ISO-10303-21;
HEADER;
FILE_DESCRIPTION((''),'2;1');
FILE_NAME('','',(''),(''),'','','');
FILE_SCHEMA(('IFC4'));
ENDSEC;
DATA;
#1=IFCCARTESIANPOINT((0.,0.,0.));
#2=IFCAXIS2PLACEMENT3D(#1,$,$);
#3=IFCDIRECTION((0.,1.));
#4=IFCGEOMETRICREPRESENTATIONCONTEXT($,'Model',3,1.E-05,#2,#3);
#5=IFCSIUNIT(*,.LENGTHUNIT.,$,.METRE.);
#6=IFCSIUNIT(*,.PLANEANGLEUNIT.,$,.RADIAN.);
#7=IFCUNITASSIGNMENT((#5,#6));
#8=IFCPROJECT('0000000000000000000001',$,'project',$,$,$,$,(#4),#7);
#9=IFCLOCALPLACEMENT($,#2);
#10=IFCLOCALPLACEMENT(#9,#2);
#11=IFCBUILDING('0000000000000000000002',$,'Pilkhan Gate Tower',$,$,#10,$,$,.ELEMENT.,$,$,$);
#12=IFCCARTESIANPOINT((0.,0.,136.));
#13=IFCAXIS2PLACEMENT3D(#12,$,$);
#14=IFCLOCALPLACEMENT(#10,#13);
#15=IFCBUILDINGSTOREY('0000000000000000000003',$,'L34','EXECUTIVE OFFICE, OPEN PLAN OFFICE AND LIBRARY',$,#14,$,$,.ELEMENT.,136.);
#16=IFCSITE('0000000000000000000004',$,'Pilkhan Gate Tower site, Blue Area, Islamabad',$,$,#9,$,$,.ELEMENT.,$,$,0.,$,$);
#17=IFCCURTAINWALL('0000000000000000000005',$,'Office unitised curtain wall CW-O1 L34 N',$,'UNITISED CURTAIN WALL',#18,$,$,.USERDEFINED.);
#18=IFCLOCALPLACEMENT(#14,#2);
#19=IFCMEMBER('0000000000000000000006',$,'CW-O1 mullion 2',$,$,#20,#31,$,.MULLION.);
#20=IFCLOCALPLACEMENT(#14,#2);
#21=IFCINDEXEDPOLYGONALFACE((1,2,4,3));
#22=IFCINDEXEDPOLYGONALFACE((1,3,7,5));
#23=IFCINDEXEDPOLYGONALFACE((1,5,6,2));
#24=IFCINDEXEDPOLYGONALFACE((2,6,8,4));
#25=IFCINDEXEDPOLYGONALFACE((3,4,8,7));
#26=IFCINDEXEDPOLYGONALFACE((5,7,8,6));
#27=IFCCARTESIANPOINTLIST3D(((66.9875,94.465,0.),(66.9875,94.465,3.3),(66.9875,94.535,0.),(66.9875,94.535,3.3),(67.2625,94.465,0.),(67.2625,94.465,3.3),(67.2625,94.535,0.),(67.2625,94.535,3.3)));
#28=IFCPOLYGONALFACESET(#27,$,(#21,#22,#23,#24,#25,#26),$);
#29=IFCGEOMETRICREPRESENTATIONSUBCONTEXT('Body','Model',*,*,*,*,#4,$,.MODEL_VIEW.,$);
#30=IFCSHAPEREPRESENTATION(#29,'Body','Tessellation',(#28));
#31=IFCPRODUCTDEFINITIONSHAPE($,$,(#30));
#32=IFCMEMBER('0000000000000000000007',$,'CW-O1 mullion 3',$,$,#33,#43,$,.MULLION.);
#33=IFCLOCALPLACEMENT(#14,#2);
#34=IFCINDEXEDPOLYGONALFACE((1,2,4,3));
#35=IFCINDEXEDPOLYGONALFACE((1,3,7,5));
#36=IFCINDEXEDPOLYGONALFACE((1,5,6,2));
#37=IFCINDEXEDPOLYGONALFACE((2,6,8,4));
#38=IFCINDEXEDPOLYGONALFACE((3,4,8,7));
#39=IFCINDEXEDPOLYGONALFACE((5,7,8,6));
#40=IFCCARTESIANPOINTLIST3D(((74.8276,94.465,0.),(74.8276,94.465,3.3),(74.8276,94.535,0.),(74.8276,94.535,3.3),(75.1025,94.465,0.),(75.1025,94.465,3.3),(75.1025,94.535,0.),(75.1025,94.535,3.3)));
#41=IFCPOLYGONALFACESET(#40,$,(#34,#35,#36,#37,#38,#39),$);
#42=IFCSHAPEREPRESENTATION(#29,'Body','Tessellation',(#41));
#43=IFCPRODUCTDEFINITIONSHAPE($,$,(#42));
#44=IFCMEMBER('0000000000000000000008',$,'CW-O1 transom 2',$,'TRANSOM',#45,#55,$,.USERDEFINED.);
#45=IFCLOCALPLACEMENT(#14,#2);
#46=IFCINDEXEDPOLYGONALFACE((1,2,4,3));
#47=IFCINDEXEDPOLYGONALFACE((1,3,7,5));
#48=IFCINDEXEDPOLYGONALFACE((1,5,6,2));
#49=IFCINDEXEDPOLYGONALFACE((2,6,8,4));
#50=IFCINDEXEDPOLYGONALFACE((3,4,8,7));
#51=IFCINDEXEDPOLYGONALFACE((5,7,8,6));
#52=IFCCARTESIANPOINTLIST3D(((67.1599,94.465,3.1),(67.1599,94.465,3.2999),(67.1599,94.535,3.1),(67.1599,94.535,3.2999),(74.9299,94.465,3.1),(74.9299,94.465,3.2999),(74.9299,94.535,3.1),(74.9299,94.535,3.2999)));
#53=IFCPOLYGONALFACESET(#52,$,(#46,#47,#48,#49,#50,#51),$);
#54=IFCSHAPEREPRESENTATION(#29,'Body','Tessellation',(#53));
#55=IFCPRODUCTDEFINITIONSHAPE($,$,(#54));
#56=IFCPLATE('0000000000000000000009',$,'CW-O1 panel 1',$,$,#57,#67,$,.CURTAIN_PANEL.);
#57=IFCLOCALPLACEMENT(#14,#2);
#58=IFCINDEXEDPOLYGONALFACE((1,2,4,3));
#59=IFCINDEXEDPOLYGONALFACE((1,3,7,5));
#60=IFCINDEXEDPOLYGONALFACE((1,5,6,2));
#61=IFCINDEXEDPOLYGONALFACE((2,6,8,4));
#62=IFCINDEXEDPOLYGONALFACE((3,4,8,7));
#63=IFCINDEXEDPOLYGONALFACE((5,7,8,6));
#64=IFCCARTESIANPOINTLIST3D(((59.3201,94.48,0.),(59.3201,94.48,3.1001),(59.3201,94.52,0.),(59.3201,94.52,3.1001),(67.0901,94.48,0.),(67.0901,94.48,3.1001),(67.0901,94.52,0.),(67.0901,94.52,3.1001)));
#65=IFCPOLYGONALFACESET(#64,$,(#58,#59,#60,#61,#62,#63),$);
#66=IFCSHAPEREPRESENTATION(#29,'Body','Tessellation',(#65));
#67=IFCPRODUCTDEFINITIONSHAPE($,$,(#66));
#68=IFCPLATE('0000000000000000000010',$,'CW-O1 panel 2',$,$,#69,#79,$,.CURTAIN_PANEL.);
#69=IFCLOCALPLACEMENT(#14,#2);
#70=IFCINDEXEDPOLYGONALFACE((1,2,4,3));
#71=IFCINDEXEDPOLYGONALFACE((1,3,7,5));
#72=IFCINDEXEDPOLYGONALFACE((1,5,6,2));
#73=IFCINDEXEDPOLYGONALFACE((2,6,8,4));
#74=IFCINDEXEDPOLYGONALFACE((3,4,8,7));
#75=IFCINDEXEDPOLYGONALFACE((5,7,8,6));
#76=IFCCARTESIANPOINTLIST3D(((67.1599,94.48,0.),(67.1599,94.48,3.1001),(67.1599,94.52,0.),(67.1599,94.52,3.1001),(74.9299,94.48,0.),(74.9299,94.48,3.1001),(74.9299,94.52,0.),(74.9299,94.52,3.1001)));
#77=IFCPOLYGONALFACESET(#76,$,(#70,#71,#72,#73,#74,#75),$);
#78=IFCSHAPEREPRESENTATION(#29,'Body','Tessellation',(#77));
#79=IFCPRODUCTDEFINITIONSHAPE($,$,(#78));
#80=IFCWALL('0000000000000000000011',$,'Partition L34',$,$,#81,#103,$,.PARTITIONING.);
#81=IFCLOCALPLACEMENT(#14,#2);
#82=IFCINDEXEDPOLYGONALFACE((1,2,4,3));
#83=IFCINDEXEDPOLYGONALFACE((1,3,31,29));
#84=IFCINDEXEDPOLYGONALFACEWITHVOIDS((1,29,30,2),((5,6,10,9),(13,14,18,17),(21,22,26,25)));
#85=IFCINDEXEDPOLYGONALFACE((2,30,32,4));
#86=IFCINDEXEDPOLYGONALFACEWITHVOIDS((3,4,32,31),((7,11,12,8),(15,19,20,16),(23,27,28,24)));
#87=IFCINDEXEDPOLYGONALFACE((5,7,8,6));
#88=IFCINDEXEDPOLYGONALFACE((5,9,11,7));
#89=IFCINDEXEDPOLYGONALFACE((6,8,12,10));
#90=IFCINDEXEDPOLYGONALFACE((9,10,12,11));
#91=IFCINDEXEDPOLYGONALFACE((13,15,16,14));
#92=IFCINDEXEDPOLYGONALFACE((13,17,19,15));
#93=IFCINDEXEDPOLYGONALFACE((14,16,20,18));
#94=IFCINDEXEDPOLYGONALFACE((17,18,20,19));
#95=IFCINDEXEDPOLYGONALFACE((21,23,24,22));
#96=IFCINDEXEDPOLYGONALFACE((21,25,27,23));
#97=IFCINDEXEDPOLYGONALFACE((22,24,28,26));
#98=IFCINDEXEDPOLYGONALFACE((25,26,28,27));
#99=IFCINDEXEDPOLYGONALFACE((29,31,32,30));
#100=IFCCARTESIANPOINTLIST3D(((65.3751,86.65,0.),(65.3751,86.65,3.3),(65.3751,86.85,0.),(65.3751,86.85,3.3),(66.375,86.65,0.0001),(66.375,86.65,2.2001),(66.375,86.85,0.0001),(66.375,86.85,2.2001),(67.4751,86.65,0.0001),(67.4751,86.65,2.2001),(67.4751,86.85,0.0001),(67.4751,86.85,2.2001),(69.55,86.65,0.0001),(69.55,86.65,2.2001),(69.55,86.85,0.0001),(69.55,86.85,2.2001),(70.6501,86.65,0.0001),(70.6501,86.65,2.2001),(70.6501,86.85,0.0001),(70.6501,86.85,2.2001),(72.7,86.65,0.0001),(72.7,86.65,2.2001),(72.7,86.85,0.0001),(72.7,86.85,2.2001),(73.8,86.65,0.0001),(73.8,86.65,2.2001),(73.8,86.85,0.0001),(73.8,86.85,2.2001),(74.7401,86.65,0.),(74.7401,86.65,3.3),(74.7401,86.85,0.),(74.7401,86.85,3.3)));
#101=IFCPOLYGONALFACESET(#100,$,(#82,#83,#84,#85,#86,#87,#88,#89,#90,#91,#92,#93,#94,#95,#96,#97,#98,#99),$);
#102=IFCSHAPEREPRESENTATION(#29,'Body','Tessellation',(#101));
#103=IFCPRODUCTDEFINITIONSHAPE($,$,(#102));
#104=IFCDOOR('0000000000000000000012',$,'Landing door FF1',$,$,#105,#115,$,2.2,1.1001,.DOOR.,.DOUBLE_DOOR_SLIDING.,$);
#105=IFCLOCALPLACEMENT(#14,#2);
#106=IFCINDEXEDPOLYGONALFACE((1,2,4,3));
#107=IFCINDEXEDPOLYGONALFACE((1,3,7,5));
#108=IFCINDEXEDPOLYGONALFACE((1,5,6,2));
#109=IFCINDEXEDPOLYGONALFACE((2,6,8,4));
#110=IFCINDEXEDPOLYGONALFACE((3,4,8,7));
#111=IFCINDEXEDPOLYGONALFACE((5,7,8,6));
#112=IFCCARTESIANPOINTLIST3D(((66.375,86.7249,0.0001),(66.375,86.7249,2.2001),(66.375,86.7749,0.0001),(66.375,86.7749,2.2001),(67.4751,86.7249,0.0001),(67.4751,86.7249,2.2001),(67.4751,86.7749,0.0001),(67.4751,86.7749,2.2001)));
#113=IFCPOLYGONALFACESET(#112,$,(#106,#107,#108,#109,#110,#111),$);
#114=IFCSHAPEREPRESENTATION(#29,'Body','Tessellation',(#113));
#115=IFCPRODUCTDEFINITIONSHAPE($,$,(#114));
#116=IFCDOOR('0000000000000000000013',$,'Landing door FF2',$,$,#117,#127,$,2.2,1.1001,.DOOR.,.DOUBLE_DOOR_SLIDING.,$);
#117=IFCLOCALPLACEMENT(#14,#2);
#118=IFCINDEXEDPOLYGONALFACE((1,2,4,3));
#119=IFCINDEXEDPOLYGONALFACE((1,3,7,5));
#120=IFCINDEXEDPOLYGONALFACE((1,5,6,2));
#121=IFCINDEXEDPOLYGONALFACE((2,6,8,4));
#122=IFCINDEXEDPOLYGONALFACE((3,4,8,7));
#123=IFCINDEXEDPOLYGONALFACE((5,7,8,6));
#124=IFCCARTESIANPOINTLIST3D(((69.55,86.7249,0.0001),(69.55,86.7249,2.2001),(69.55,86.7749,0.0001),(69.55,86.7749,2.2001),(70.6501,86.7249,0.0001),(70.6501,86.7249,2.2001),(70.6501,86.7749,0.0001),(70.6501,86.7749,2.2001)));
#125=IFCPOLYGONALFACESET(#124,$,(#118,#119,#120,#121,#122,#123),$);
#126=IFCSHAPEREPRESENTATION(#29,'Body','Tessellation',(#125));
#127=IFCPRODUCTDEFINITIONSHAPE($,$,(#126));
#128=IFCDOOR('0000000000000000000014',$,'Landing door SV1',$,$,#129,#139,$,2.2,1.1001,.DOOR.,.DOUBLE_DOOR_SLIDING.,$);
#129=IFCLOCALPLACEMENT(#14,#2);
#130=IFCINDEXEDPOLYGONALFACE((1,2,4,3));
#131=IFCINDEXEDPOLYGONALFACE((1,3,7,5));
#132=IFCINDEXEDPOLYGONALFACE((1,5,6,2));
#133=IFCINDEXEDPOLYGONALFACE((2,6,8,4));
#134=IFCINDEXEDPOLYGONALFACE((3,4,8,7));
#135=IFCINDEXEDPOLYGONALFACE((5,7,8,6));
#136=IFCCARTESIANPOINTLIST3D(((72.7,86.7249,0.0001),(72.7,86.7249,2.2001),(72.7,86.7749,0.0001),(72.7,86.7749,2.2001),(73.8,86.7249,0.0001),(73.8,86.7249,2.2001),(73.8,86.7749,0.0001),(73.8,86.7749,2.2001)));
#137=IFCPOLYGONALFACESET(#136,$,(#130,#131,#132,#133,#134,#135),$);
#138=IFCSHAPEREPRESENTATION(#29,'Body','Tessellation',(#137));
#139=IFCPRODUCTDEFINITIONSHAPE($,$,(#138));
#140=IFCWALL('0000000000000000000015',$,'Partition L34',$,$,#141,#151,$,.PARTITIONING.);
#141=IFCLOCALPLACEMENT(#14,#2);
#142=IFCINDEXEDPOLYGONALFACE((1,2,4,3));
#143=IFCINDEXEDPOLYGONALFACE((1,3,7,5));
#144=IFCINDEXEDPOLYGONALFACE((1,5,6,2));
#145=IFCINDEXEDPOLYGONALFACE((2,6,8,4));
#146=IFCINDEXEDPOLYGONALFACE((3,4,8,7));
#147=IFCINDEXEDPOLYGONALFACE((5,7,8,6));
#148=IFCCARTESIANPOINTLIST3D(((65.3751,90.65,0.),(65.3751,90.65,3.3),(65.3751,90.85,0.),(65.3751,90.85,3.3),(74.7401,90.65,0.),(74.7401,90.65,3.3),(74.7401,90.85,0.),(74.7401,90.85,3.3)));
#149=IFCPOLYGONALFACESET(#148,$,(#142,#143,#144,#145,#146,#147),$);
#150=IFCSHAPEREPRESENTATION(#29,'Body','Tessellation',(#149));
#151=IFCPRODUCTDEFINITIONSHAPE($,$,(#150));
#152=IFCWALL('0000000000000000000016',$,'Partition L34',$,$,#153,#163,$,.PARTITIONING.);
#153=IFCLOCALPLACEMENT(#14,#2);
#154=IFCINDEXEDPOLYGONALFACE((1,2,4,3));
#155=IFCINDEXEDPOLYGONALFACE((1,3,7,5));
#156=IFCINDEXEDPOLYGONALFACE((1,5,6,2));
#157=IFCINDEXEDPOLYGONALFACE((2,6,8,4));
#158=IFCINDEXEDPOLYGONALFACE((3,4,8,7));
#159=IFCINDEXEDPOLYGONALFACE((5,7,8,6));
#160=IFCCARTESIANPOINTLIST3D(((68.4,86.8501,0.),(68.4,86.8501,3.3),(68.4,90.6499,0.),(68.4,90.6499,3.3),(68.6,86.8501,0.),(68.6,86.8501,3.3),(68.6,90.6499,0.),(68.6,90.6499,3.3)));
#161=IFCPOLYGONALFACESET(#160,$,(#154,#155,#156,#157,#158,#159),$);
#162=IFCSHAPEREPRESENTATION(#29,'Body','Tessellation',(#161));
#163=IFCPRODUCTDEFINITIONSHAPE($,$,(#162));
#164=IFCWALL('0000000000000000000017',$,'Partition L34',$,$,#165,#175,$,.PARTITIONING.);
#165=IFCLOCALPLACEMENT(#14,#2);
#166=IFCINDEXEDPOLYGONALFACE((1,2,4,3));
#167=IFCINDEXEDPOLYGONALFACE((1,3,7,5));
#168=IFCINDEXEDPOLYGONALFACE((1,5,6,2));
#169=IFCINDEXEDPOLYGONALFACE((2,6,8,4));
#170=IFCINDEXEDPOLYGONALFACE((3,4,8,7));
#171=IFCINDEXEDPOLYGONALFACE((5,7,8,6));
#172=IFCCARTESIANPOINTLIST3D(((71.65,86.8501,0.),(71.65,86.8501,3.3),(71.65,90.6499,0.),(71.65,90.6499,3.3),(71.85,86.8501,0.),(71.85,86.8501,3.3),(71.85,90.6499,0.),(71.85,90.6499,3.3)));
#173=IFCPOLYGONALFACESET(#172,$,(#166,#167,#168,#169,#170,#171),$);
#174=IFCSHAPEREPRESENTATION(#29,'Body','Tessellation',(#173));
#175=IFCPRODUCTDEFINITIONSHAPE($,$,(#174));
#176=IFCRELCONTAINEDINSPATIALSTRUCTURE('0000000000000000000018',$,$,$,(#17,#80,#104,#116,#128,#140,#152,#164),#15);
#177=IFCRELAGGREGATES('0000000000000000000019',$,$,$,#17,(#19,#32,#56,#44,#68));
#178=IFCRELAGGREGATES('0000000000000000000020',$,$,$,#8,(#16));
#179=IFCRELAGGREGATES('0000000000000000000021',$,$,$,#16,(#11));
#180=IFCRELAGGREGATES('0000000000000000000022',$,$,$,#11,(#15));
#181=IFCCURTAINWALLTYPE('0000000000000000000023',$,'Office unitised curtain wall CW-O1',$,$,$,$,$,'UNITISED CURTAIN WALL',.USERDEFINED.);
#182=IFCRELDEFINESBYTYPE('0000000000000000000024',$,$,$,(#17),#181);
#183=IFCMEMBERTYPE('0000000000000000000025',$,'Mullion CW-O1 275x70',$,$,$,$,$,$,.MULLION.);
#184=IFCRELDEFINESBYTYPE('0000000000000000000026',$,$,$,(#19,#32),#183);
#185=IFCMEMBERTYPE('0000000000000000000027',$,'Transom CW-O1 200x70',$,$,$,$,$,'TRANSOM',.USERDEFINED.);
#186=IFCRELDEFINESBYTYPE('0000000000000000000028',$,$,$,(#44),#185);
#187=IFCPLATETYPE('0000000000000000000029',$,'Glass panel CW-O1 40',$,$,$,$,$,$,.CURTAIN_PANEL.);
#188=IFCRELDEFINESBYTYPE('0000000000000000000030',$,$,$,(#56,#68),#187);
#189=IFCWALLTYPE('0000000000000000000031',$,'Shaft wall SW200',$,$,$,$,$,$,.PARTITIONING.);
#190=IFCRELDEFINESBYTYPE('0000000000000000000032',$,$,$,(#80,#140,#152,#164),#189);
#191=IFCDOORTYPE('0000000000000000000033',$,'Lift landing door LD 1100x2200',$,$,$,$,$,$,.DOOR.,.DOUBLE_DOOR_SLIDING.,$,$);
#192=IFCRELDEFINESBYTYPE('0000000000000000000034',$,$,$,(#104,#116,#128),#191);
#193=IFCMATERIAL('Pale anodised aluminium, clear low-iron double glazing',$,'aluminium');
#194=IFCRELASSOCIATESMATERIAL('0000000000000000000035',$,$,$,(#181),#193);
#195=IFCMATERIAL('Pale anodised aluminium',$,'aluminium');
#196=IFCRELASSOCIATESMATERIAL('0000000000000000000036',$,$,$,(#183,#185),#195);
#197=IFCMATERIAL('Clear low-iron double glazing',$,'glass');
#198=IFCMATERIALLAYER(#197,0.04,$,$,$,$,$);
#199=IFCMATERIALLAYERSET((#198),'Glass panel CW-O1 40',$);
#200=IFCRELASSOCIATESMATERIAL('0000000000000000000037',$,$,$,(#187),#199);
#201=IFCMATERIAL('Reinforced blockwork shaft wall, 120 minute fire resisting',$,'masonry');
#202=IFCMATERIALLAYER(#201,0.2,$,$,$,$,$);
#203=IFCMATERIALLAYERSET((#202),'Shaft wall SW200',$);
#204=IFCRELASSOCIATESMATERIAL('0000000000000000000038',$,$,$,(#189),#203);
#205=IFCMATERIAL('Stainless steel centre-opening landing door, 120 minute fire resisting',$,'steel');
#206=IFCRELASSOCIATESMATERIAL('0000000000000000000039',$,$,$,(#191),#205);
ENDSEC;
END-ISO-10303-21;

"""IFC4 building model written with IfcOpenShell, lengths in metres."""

from ifc_helpers import new_model, si_unit, direction, frame, frame_2d, origin, origin_2d, place, context, subcontext, project, spatial, rectangle, extrude, material, layer, layer_set, material_profile, profile_set, type_object, element, fill, aggregate, save


model = new_model("IFC4")

# Units and contexts
model_context = context("Model", 3, precision=1e-05, world=origin(), true_north=direction((0.0, 1.0)))
body_context = subcontext(model_context, "Body", "Model", "MODEL_VIEW")
ifc_project = project(units=[si_unit("LENGTHUNIT", "METRE"), si_unit("PLANEANGLEUNIT", "RADIAN")], contexts=[model_context])

# Site, building, storey
site_placement = place(None, origin())
site = spatial("IfcSite", under=ifc_project, at=site_placement, Name="Pilkhan Gate Tower site, Blue Area, Islamabad", CompositionType="ELEMENT", RefElevation=0.0)
building_placement = place(site_placement, origin())
building = spatial("IfcBuilding", under=site, at=building_placement, Name="Pilkhan Gate Tower", CompositionType="ELEMENT")
storey_placement = place(building_placement, frame((0.0, 0.0, 136.0)))
storey = spatial("IfcBuildingStorey", under=building, at=storey_placement, Name="L34", Description="EXECUTIVE OFFICE, OPEN PLAN OFFICE AND LIBRARY", CompositionType="ELEMENT", Elevation=136.0)

# Curtain wall, members, plates
ifc_material_1 = material(Name="Pale anodised aluminium, clear low-iron double glazing", Category="aluminium")
curtain_wall_type = type_object("IfcCurtainWallType", Name="Office unitised curtain wall CW-O1", ElementType="UNITISED CURTAIN WALL", PredefinedType="USERDEFINED", material=ifc_material_1)
curtain_wall_placement = place(storey_placement, origin())
curtain_wall = element("IfcCurtainWall", 1, at=curtain_wall_placement, inside=storey, type_object=curtain_wall_type, Name="Office unitised curtain wall CW-O1 L34 N", ObjectType="UNITISED CURTAIN WALL", PredefinedType="USERDEFINED")
ifc_material_2 = material(Name="Pale anodised aluminium", Category="aluminium")
ifc_material_profile_1 = material_profile(ifc_material_2, rectangle(XDim=0.0701, YDim=0.2749, at=origin_2d()), Name="Mullion 275x70")
ifc_profile_set_1 = profile_set([ifc_material_profile_1], Name="Pale anodised aluminium")
member_type_1 = type_object("IfcMemberType", Name="Mullion CW-O1 275x70", PredefinedType="MULLION", material=ifc_profile_set_1)
member_1_placement = place(storey_placement, frame((67.125, 94.5, 0.0), z_axis=(0.0, 0.0, 1.0), x_axis=(0.0, 1.0, 0.0)))
member_1 = element("IfcMember", 2, at=member_1_placement, type_object=member_type_1, Name="CW-O1 mullion 2", PredefinedType="MULLION", context=body_context, shape_type="SweptSolid", body=[
    extrude(rectangle(XDim=0.0701, YDim=0.2749, at=origin_2d()), origin(), (0.0, 0.0, 1.0), 3.3),
])
member_2_placement = place(storey_placement, frame((74.9651, 94.5, 0.0), z_axis=(0.0, 0.0, 1.0), x_axis=(0.0, 1.0, 0.0)))
member_2 = element("IfcMember", 3, at=member_2_placement, type_object=member_type_1, Name="CW-O1 mullion 3", PredefinedType="MULLION", context=body_context, shape_type="SweptSolid", body=[
    extrude(rectangle(XDim=0.0701, YDim=0.2749, at=origin_2d()), origin(), (0.0, 0.0, 1.0), 3.3),
])
ifc_material_profile_2 = material_profile(ifc_material_2, rectangle(XDim=0.0701, YDim=0.2, at=origin_2d()), Name="Transom 200x70")
ifc_profile_set_2 = profile_set([ifc_material_profile_2], Name="Pale anodised aluminium")
member_type_2 = type_object("IfcMemberType", Name="Transom CW-O1 200x70", ElementType="TRANSOM", PredefinedType="USERDEFINED", material=ifc_profile_set_2)
member_3_placement = place(storey_placement, frame((67.1599, 94.5, 3.2), z_axis=(1.0, 0.0, 0.0), x_axis=(0.0, 1.0, 0.0)))
member_3 = element("IfcMember", 4, at=member_3_placement, type_object=member_type_2, Name="CW-O1 transom 2", ObjectType="TRANSOM", PredefinedType="USERDEFINED", context=body_context, shape_type="SweptSolid", body=[
    extrude(rectangle(XDim=0.0701, YDim=0.2, at=origin_2d()), origin(), (0.0, 0.0, 1.0), 7.77),
])
ifc_material_3 = material(Name="Clear low-iron double glazing", Category="glass")
ifc_layer_1 = layer(ifc_material_3, 0.04)
ifc_layer_set_1 = layer_set([ifc_layer_1], Name="Glass panel CW-O1 40")
plate_type = type_object("IfcPlateType", Name="Glass panel CW-O1 40", PredefinedType="CURTAIN_PANEL", material=ifc_layer_set_1)
plate_1_placement = place(storey_placement, frame((63.2051, 94.5, 0.0), z_axis=(0.0, 0.0, 1.0), x_axis=(1.0, 0.0, 0.0)))
plate_1 = element("IfcPlate", 5, at=plate_1_placement, type_object=plate_type, Name="CW-O1 panel 1", PredefinedType="CURTAIN_PANEL", context=body_context, shape_type="SweptSolid", body=[
    extrude(rectangle(XDim=7.77, YDim=0.04, at=origin_2d()), origin(), (0.0, 0.0, 1.0), 3.1001),
])
plate_2_placement = place(storey_placement, frame((71.0449, 94.5, 0.0), z_axis=(0.0, 0.0, 1.0), x_axis=(1.0, 0.0, 0.0)))
plate_2 = element("IfcPlate", 6, at=plate_2_placement, type_object=plate_type, Name="CW-O1 panel 2", PredefinedType="CURTAIN_PANEL", context=body_context, shape_type="SweptSolid", body=[
    extrude(rectangle(XDim=7.77, YDim=0.04, at=origin_2d()), origin(), (0.0, 0.0, 1.0), 3.1001),
])
aggregate(curtain_wall, [member_1, member_2, plate_1, member_3, plate_2])

# Wall, openings, doors
ifc_material_4 = material(Name="Reinforced blockwork shaft wall, 120 minute fire resisting", Category="masonry")
ifc_layer_2 = layer(ifc_material_4, 0.2)
ifc_layer_set_2 = layer_set([ifc_layer_2], Name="Shaft wall SW200")
wall_type_1 = type_object("IfcWallType", Name="Shaft wall SW200", PredefinedType="PARTITIONING", material=ifc_layer_set_2)
wall_1_placement = place(storey_placement, frame((65.375, 86.75, 0.0), z_axis=(0.0, 0.0, 1.0), x_axis=(1.0, 0.0, 0.0)))
wall_1 = element("IfcWall", 7, at=wall_1_placement, inside=storey, type_object=wall_type_1, Name="Partition L34", PredefinedType="PARTITIONING", context=body_context, shape_type="SweptSolid", body=[
    extrude(rectangle(XDim=9.365, YDim=0.2, at=frame_2d((4.6826, 0.0))), origin(), (0.0, 0.0, 1.0), 3.3),
])
opening_1_placement = place(wall_1_placement, frame((1.0, 0.0, 0.0)))
opening_1 = element("IfcOpeningElement", 8, at=opening_1_placement, cuts=wall_1, PredefinedType="OPENING", context=body_context, shape_type="SweptSolid", body=[
    extrude(rectangle(XDim=1.1001, YDim=2.2, at=frame_2d((0.55, 1.1001))), frame((0.0, 0.1099, 0.0), z_axis=(0.0, -1.0, 0.0), x_axis=(1.0, 0.0, 0.0)), (0.0, 0.0, 1.0), 0.22),
])
opening_2_placement = place(wall_1_placement, frame((4.175, 0.0, 0.0)))
opening_2 = element("IfcOpeningElement", 9, at=opening_2_placement, cuts=wall_1, PredefinedType="OPENING", context=body_context, shape_type="SweptSolid", body=[
    extrude(rectangle(XDim=1.1001, YDim=2.2, at=frame_2d((0.55, 1.1001))), frame((0.0, 0.1099, 0.0), z_axis=(0.0, -1.0, 0.0), x_axis=(1.0, 0.0, 0.0)), (0.0, 0.0, 1.0), 0.22),
])
opening_3_placement = place(wall_1_placement, frame((7.325, 0.0, 0.0)))
opening_3 = element("IfcOpeningElement", 10, at=opening_3_placement, cuts=wall_1, PredefinedType="OPENING", context=body_context, shape_type="SweptSolid", body=[
    extrude(rectangle(XDim=1.1001, YDim=2.2, at=frame_2d((0.55, 1.1001))), frame((0.0, 0.1099, 0.0), z_axis=(0.0, -1.0, 0.0), x_axis=(1.0, 0.0, 0.0)), (0.0, 0.0, 1.0), 0.22),
])
ifc_material_5 = material(Name="Stainless steel centre-opening landing door, 120 minute fire resisting", Category="steel")
door_type_1 = type_object("IfcDoorType", Name="Lift landing door LD 1100x2200", OperationType="DOUBLE_DOOR_SLIDING", PredefinedType="DOOR", material=ifc_material_5)
door_1_placement = place(opening_1_placement, origin())
door_1 = element("IfcDoor", 11, at=door_1_placement, inside=storey, type_object=door_type_1, Name="Landing door FF1", OperationType="DOUBLE_DOOR_SLIDING", OverallHeight=2.2, OverallWidth=1.1001, PredefinedType="DOOR", context=body_context, shape_type="SweptSolid", body=[
    extrude(rectangle(XDim=1.1001, YDim=2.2, at=frame_2d((0.55, 1.1001))), frame((0.0, 0.0249, 0.0), z_axis=(0.0, -1.0, 0.0), x_axis=(1.0, 0.0, 0.0)), (0.0, 0.0, 1.0), 0.05),
])
fill(opening_1, door_1)
door_2_placement = place(opening_2_placement, origin())
door_2 = element("IfcDoor", 12, at=door_2_placement, inside=storey, type_object=door_type_1, Name="Landing door FF2", OperationType="DOUBLE_DOOR_SLIDING", OverallHeight=2.2, OverallWidth=1.1001, PredefinedType="DOOR", context=body_context, shape_type="SweptSolid", body=[
    extrude(rectangle(XDim=1.1001, YDim=2.2, at=frame_2d((0.55, 1.1001))), frame((0.0, 0.0249, 0.0), z_axis=(0.0, -1.0, 0.0), x_axis=(1.0, 0.0, 0.0)), (0.0, 0.0, 1.0), 0.05),
])
fill(opening_2, door_2)
door_3_placement = place(opening_3_placement, origin())
door_3 = element("IfcDoor", 13, at=door_3_placement, inside=storey, type_object=door_type_1, Name="Landing door SV1", OperationType="DOUBLE_DOOR_SLIDING", OverallHeight=2.2, OverallWidth=1.1001, PredefinedType="DOOR", context=body_context, shape_type="SweptSolid", body=[
    extrude(rectangle(XDim=1.1001, YDim=2.2, at=frame_2d((0.55, 1.1001))), frame((0.0, 0.0249, 0.0), z_axis=(0.0, -1.0, 0.0), x_axis=(1.0, 0.0, 0.0)), (0.0, 0.0, 1.0), 0.05),
])
fill(opening_3, door_3)

# Walls
wall_2_placement = place(storey_placement, frame((65.375, 90.75, 0.0), z_axis=(0.0, 0.0, 1.0), x_axis=(1.0, 0.0, 0.0)))
element("IfcWall", 14, at=wall_2_placement, inside=storey, type_object=wall_type_1, Name="Partition L34", PredefinedType="PARTITIONING", context=body_context, shape_type="SweptSolid", body=[
    extrude(rectangle(XDim=9.365, YDim=0.2, at=frame_2d((4.6826, 0.0))), origin(), (0.0, 0.0, 1.0), 3.3),
])
for number, where, z_axis, x_axis, name in (
    (15, (68.5, 86.8501, 0.0), (0.0, 0.0, 1.0), (0.0, 1.0, 0.0), "Partition L34"),
    (16, (71.75, 86.8501, 0.0), (0.0, 0.0, 1.0), (0.0, 1.0, 0.0), "Partition L34"),
):
    element("IfcWall", number, at=place(storey_placement, frame(where, z_axis=z_axis, x_axis=x_axis)), inside=storey, type_object=wall_type_1, Name=name, PredefinedType="PARTITIONING", context=body_context, shape_type="SweptSolid", body=[
        extrude(rectangle(XDim=3.7998, YDim=0.2, at=frame_2d((1.8999, 0.0))), origin(), (0.0, 0.0, 1.0), 3.3),
    ])

save(model, "model.ifc")
